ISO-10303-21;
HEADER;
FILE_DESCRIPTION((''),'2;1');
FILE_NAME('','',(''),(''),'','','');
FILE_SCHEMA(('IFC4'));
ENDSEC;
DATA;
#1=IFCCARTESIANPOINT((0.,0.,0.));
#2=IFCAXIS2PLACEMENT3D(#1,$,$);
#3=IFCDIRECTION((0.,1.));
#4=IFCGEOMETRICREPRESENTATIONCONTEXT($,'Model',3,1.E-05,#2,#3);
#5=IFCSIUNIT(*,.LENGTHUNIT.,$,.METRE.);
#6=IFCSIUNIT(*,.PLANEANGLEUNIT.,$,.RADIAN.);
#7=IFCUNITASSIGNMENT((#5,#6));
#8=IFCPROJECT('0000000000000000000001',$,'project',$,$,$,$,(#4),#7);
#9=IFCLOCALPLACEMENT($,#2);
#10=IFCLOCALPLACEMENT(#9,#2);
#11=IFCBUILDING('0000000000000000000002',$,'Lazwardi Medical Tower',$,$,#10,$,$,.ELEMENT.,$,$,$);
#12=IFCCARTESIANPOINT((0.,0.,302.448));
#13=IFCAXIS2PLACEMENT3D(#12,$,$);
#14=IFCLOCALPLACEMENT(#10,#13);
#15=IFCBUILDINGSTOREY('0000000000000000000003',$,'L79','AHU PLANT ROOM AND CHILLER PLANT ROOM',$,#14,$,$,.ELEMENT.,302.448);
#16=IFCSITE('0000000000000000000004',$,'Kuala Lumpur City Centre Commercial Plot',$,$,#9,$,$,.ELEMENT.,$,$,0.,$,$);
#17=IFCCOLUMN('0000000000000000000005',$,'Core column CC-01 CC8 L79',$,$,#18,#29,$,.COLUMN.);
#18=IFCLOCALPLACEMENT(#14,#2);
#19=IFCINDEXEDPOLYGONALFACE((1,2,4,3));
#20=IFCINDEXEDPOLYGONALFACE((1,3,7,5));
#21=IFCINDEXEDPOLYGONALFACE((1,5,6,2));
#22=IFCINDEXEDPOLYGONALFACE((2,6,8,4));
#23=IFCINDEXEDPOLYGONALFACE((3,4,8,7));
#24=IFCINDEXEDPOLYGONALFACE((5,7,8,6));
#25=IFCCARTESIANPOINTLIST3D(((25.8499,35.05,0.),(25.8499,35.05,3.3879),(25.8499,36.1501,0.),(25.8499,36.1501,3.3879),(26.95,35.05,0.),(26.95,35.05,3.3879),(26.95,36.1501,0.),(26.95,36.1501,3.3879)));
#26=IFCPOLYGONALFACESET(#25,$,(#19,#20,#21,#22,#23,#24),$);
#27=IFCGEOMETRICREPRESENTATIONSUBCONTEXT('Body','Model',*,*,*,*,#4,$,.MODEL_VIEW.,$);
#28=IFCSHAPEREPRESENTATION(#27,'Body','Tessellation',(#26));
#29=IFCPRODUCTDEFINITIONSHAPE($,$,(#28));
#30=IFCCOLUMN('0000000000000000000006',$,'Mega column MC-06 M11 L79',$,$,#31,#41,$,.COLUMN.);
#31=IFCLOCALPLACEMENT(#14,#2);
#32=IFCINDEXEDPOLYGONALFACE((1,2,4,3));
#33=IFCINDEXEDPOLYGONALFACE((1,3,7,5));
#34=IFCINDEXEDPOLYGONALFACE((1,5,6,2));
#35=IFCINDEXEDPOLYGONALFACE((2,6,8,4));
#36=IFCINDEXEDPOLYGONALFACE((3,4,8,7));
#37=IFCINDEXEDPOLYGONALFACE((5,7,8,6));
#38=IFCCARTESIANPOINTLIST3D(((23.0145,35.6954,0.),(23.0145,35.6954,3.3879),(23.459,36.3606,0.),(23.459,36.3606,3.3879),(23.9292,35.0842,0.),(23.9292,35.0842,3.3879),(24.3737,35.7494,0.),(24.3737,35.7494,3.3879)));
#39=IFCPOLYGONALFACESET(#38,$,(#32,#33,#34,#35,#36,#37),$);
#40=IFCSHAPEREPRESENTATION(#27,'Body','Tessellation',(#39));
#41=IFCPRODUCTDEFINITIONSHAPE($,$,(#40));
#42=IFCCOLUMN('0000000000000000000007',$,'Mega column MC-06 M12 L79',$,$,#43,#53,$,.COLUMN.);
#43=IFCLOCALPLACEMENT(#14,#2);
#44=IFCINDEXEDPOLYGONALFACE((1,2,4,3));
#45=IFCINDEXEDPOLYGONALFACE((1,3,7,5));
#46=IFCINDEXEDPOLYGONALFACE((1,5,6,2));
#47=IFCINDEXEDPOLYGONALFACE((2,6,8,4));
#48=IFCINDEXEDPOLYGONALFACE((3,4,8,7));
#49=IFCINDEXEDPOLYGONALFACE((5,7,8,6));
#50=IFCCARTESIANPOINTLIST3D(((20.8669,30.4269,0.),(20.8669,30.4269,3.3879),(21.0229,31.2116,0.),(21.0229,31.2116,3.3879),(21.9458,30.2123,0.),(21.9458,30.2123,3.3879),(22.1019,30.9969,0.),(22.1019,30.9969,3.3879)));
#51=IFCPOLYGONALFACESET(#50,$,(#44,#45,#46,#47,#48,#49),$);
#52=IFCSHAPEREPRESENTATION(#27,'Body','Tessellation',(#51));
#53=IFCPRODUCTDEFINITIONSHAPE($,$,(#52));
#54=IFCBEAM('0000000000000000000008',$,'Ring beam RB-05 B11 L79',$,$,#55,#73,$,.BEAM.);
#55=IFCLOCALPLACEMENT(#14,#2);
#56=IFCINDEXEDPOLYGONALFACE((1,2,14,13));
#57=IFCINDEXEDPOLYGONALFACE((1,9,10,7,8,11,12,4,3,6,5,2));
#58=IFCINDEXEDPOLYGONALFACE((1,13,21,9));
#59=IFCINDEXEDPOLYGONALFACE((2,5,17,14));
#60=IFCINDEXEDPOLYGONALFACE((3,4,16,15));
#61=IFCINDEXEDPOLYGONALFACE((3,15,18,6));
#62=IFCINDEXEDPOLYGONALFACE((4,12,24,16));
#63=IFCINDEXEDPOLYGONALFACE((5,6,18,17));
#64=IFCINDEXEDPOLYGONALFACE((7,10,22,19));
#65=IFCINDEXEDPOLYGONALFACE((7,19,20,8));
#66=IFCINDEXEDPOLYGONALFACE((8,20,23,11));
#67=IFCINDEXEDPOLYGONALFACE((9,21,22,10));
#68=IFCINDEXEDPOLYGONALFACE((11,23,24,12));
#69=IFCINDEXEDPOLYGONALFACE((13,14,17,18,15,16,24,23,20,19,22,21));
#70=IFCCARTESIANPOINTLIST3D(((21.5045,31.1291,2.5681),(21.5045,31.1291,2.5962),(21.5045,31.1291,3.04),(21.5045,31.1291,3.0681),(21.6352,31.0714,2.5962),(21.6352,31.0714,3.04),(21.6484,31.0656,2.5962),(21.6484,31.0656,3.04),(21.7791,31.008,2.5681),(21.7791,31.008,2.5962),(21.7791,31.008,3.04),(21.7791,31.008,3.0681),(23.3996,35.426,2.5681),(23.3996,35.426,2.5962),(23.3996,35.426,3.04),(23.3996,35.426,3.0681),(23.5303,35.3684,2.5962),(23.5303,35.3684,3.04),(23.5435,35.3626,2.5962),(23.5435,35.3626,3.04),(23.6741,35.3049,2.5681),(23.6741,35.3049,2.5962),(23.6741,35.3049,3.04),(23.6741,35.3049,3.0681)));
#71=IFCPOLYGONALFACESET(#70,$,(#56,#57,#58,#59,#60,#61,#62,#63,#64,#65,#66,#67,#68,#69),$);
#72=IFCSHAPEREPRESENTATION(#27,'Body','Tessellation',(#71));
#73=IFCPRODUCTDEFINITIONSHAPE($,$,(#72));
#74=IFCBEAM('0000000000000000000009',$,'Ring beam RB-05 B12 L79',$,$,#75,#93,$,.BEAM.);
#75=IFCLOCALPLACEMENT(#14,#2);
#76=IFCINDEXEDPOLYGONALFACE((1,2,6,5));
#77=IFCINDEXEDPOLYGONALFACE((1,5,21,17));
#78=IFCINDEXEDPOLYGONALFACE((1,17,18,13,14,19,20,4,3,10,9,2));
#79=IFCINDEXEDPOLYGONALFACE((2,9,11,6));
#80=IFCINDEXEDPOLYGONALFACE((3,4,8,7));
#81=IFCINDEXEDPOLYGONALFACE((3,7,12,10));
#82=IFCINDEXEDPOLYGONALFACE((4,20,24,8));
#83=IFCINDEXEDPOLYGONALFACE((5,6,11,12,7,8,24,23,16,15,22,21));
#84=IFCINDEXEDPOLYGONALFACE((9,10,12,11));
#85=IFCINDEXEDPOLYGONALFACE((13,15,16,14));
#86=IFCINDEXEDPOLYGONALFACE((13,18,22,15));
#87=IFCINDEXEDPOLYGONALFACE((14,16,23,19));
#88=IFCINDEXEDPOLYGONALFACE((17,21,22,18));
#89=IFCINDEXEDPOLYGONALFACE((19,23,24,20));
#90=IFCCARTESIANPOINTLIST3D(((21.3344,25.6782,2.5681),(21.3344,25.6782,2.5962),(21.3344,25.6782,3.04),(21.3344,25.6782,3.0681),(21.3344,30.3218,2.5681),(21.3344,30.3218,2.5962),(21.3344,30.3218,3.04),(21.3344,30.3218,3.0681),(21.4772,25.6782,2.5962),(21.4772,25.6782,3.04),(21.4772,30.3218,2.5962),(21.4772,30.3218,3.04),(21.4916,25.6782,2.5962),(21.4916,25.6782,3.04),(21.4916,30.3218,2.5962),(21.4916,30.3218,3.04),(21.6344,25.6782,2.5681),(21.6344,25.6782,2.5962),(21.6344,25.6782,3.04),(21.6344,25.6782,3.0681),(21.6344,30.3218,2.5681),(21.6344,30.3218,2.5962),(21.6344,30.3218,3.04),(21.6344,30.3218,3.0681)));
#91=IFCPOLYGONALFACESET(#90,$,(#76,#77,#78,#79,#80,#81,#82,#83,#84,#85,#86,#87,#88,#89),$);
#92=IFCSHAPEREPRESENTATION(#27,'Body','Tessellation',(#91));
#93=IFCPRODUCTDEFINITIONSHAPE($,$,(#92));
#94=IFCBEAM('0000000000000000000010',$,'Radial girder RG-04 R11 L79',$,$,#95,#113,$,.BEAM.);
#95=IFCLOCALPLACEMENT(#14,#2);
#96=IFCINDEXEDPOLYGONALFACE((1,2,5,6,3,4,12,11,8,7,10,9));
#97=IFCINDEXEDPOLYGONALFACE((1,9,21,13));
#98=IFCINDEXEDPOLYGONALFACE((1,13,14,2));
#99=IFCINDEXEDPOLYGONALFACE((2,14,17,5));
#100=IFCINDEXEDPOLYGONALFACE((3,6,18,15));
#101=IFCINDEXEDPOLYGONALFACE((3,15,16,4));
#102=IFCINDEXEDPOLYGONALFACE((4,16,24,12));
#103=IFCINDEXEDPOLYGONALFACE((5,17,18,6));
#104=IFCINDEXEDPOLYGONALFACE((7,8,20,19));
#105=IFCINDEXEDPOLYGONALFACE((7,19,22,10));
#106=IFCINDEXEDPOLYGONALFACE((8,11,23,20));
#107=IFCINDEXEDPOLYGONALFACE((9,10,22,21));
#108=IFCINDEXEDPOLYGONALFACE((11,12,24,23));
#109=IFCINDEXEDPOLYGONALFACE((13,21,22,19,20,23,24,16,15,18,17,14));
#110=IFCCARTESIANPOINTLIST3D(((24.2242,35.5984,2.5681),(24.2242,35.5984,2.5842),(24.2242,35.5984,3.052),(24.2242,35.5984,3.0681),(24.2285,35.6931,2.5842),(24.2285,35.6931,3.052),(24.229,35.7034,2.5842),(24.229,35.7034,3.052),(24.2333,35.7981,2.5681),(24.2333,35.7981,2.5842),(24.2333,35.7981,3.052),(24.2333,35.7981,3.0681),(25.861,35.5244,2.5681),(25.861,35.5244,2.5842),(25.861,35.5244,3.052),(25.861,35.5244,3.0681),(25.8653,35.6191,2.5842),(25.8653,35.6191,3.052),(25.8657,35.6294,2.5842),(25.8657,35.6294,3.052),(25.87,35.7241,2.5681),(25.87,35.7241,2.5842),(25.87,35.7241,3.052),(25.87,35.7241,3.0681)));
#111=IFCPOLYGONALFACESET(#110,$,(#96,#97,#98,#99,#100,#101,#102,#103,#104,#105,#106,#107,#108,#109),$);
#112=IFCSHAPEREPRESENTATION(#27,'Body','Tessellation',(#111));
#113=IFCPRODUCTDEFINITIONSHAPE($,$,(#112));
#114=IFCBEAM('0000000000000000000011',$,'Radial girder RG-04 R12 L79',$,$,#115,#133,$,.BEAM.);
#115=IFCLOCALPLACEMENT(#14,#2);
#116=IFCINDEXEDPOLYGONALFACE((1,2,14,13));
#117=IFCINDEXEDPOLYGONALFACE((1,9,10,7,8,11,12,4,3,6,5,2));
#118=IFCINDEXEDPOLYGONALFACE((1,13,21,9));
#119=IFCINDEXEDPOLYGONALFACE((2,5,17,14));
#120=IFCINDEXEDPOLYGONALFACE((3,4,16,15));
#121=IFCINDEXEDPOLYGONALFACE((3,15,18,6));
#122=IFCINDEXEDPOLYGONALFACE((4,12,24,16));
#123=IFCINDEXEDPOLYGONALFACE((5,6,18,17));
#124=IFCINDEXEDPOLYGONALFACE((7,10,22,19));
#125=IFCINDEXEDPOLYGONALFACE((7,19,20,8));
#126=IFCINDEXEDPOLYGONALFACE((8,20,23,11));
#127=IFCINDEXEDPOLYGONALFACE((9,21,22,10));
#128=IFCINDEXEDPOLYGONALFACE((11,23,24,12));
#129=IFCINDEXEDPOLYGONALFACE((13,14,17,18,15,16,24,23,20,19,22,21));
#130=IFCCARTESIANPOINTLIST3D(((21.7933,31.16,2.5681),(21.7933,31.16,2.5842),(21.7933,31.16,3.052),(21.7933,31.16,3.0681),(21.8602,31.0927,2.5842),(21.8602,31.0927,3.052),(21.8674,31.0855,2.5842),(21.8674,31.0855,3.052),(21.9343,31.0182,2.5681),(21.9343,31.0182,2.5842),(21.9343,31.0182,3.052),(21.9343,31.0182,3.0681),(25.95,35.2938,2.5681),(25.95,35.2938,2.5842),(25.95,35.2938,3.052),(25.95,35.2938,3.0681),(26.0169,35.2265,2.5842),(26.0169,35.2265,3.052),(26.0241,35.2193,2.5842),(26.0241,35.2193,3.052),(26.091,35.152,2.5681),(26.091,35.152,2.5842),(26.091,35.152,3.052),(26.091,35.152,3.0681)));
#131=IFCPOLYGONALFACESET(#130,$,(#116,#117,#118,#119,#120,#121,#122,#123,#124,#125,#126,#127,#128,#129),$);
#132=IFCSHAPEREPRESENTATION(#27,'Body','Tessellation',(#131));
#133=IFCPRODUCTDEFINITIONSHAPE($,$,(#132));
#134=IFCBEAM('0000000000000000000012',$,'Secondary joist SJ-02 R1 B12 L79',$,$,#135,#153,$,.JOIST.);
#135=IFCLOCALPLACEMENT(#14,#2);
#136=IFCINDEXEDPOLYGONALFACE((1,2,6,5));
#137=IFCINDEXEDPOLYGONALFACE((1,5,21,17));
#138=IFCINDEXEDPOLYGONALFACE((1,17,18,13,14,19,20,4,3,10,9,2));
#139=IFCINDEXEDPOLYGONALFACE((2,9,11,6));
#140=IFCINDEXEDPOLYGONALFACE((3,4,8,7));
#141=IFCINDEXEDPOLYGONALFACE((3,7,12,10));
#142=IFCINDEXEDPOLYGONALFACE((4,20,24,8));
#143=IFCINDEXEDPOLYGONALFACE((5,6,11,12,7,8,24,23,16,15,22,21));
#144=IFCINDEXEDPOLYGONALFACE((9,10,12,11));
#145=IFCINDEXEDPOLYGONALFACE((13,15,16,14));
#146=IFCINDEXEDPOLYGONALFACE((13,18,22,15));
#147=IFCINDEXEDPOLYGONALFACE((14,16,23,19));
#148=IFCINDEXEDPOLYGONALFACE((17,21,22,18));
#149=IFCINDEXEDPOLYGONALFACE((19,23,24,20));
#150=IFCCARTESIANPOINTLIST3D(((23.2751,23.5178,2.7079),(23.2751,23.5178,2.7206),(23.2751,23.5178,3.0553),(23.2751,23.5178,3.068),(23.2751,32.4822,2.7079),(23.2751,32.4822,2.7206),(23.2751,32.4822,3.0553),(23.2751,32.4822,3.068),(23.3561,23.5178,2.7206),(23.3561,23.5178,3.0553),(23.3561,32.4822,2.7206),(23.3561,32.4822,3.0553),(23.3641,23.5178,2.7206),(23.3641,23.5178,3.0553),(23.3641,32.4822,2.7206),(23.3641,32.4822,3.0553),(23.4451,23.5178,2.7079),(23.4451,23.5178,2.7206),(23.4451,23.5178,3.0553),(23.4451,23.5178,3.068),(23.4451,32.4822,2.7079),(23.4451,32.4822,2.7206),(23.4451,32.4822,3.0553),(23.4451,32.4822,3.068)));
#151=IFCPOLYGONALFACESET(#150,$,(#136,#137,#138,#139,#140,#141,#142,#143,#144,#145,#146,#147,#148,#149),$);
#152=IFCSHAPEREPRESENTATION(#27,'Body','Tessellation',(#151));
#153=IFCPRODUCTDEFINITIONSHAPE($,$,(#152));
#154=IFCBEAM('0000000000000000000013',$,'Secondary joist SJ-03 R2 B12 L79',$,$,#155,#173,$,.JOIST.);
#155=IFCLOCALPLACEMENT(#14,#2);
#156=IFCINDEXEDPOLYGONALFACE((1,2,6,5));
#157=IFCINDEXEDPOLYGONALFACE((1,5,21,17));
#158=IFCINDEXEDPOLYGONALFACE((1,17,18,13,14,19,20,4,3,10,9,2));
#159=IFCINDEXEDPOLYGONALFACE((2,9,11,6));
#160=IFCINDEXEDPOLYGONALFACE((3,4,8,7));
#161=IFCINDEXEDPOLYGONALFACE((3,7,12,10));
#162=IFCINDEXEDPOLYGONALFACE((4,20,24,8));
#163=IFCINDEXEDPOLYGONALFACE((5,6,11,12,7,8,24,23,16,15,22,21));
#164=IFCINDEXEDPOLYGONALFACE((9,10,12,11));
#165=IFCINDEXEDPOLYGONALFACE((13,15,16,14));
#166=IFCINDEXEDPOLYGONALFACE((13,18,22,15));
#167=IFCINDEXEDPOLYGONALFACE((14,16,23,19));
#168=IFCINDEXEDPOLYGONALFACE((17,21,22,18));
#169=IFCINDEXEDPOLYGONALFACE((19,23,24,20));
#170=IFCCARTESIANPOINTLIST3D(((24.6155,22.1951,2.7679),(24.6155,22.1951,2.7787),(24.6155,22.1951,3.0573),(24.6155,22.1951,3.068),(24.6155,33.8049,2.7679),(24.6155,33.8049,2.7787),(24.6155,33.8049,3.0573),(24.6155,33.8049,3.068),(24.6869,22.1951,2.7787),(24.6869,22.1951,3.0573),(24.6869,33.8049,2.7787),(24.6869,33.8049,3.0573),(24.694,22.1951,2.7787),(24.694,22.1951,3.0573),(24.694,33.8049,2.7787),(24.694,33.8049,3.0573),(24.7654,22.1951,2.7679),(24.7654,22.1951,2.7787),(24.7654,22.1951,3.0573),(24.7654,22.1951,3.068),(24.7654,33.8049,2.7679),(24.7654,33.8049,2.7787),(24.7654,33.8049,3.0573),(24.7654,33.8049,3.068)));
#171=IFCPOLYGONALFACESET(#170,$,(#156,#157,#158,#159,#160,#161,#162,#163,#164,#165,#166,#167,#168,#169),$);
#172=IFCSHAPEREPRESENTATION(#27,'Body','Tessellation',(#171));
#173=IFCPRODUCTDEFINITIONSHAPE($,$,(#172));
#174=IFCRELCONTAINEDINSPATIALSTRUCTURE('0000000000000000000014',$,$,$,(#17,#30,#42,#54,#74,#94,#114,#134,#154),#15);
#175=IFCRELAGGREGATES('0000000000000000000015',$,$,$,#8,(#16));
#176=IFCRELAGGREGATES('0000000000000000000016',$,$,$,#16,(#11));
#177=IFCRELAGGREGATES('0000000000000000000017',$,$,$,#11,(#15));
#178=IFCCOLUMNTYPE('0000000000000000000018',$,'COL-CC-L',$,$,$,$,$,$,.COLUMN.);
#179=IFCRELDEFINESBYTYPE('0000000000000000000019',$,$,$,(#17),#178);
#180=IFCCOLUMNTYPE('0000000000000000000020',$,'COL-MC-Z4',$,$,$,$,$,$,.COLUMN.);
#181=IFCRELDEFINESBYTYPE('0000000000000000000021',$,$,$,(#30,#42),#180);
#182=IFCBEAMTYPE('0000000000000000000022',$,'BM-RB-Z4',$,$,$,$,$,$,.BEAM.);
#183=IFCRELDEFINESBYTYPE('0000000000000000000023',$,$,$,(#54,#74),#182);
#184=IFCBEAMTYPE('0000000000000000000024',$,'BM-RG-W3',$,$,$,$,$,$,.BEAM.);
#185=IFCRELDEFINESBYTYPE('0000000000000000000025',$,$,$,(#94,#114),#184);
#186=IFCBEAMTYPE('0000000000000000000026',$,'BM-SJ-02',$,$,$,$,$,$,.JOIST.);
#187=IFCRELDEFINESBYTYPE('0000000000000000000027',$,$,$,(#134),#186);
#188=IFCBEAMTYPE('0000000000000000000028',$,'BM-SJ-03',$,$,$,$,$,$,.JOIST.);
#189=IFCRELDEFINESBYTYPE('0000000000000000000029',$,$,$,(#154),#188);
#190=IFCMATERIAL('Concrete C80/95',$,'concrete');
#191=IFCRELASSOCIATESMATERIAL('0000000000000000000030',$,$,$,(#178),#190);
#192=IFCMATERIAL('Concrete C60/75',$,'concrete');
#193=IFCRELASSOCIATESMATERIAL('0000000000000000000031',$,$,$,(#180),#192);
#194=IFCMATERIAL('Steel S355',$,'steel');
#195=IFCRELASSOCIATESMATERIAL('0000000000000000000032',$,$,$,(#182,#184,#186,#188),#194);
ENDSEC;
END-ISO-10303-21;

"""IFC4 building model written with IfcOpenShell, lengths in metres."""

from ifc_helpers import new_model, si_unit, direction, frame, origin, origin_2d, place, context, subcontext, project, spatial, rectangle, i_section, extrude, material, material_profile, profile_set, type_object, element, save


model = new_model("IFC4")

# Units and contexts
model_context = context("Model", 3, precision=1e-05, world=origin(), true_north=direction((0.0, 1.0)))
body_context = subcontext(model_context, "Body", "Model", "MODEL_VIEW")
ifc_project = project(units=[si_unit("LENGTHUNIT", "METRE"), si_unit("PLANEANGLEUNIT", "RADIAN")], contexts=[model_context])

# Site, building, storey
site_placement = place(None, origin())
site = spatial("IfcSite", under=ifc_project, at=site_placement, Name="Kuala Lumpur City Centre Commercial Plot", CompositionType="ELEMENT", RefElevation=0.0)
building_placement = place(site_placement, origin())
building = spatial("IfcBuilding", under=site, at=building_placement, Name="Lazwardi Medical Tower", CompositionType="ELEMENT")
storey_placement = place(building_placement, frame((0.0, 0.0, 302.448)))
storey = spatial("IfcBuildingStorey", under=building, at=storey_placement, Name="L79", Description="AHU PLANT ROOM AND CHILLER PLANT ROOM", CompositionType="ELEMENT", Elevation=302.448)

# Columns
ifc_material_1 = material(Name="Concrete C80/95", Category="concrete")
ifc_material_profile_1 = material_profile(ifc_material_1, rectangle(XDim=1.1001, YDim=1.1001, at=origin_2d()), Name="RC 1100x1100")
ifc_profile_set_1 = profile_set([ifc_material_profile_1], Name="Concrete C80/95")
column_type_1 = type_object("IfcColumnType", Name="COL-CC-L", PredefinedType="COLUMN", material=ifc_profile_set_1)
column_placement = place(storey_placement, frame((26.3999, 35.6001, 0.0), z_axis=(0.0, 0.0, 1.0), x_axis=(1.0, 0.0, 0.0)))
element("IfcColumn", 1, at=column_placement, inside=storey, type_object=column_type_1, Name="Core column CC-01 CC8 L79", PredefinedType="COLUMN", context=body_context, shape_type="SweptSolid", body=[
    extrude(rectangle(XDim=1.1001, YDim=1.1001, at=origin_2d()), origin(), (0.0, 0.0, 1.0), 3.3879),
])
ifc_material_2 = material(Name="Concrete C60/75", Category="concrete")
ifc_material_profile_2 = material_profile(ifc_material_2, rectangle(XDim=1.1001, YDim=0.8, at=origin_2d()), Name="CFT-RECT 1100x800")
ifc_profile_set_2 = profile_set([ifc_material_profile_2], Name="Concrete C60/75")
column_type_2 = type_object("IfcColumnType", Name="COL-MC-Z4", PredefinedType="COLUMN", material=ifc_profile_set_2)
for number, where, z_axis, x_axis, name in (
    (2, (23.6941, 35.7224, 0.0), (0.0, 0.0, 1.0), (-0.83147, 0.55557, 0.0), "Mega column MC-06 M11 L79"),
    (3, (21.4844, 30.7119, 0.0), (0.0, 0.0, 1.0), (-0.980785, 0.19509, 0.0), "Mega column MC-06 M12 L79"),
):
    element("IfcColumn", number, at=place(storey_placement, frame(where, z_axis=z_axis, x_axis=x_axis)), inside=storey, type_object=column_type_2, Name=name, PredefinedType="COLUMN", context=body_context, shape_type="SweptSolid", body=[
        extrude(rectangle(XDim=1.1001, YDim=0.8, at=origin_2d()), origin(), (0.0, 0.0, 1.0), 3.3879),
    ])

# Beams
ifc_material_3 = material(Name="Steel S355", Category="steel")
ifc_material_profile_3 = material_profile(ifc_material_3, i_section(OverallWidth=0.3, OverallDepth=0.5, WebThickness=0.0144, FlangeThickness=0.0281, at=origin_2d()), Name="HEB 500")
ifc_profile_set_3 = profile_set([ifc_material_profile_3], Name="Steel S355")
beam_type_1 = type_object("IfcBeamType", Name="BM-RB-Z4", PredefinedType="BEAM", material=ifc_profile_set_3)
beam_1_placement = place(storey_placement, frame((23.5369, 35.3655, 2.8181), z_axis=(-0.403522, -0.91497, 0.0), x_axis=(0.91497, -0.403522, 0.0)))
element("IfcBeam", 4, at=beam_1_placement, inside=storey, type_object=beam_type_1, Name="Ring beam RB-05 B11 L79", PredefinedType="BEAM", context=body_context, shape_type="SweptSolid", body=[
    extrude(i_section(OverallWidth=0.3, OverallDepth=0.5, WebThickness=0.0144, FlangeThickness=0.0281, at=origin_2d()), origin(), (0.0, 0.0, 1.0), 4.6963),
])
beam_2_placement = place(storey_placement, frame((21.4844, 30.3218, 2.8181), z_axis=(0.0, -1.0, 0.0), x_axis=(1.0, 0.0, 0.0)))
element("IfcBeam", 5, at=beam_2_placement, inside=storey, type_object=beam_type_1, Name="Ring beam RB-05 B12 L79", PredefinedType="BEAM", context=body_context, shape_type="SweptSolid", body=[
    extrude(i_section(OverallWidth=0.3, OverallDepth=0.5, WebThickness=0.0144, FlangeThickness=0.0281, at=origin_2d()), origin(), (0.0, 0.0, 1.0), 4.6436),
])
ifc_material_profile_4 = material_profile(ifc_material_3, i_section(OverallWidth=0.2, OverallDepth=0.5, WebThickness=0.0103, FlangeThickness=0.0161, at=origin_2d()), Name="IPE 500")
ifc_profile_set_4 = profile_set([ifc_material_profile_4], Name="Steel S355")
beam_type_2 = type_object("IfcBeamType", Name="BM-RG-W3", PredefinedType="BEAM", material=ifc_profile_set_4)
beam_3_placement = place(storey_placement, frame((24.2288, 35.6982, 2.8181), z_axis=(0.99898, -0.045151, 0.0), x_axis=(0.045151, 0.99898, 0.0)))
element("IfcBeam", 6, at=beam_3_placement, inside=storey, type_object=beam_type_2, Name="Radial girder RG-04 R11 L79", PredefinedType="BEAM", context=body_context, shape_type="SweptSolid", body=[
    extrude(i_section(OverallWidth=0.2, OverallDepth=0.5, WebThickness=0.0103, FlangeThickness=0.0161, at=origin_2d()), origin(), (0.0, 0.0, 1.0), 1.6384),
])
beam_4_placement = place(storey_placement, frame((21.8638, 31.0891, 2.8181), z_axis=(0.709061, 0.705147, 0.0), x_axis=(-0.705147, 0.709061, 0.0)))
element("IfcBeam", 7, at=beam_4_placement, inside=storey, type_object=beam_type_2, Name="Radial girder RG-04 R12 L79", PredefinedType="BEAM", context=body_context, shape_type="SweptSolid", body=[
    extrude(i_section(OverallWidth=0.2, OverallDepth=0.5, WebThickness=0.0103, FlangeThickness=0.0161, at=origin_2d()), origin(), (0.0, 0.0, 1.0), 5.8623),
])
ifc_material_profile_5 = material_profile(ifc_material_3, i_section(OverallWidth=0.1699, OverallDepth=0.3601, WebThickness=0.0081, FlangeThickness=0.0127, at=origin_2d()), Name="IPE 360")
ifc_profile_set_5 = profile_set([ifc_material_profile_5], Name="Steel S355")
beam_type_3 = type_object("IfcBeamType", Name="BM-SJ-02", PredefinedType="JOIST", material=ifc_profile_set_5)
beam_5_placement = place(storey_placement, frame((23.3601, 32.4822, 2.8879), z_axis=(0.0, -1.0, 0.0), x_axis=(1.0, 0.0, 0.0)))
element("IfcBeam", 8, at=beam_5_placement, inside=storey, type_object=beam_type_3, Name="Secondary joist SJ-02 R1 B12 L79", PredefinedType="JOIST", context=body_context, shape_type="SweptSolid", body=[
    extrude(i_section(OverallWidth=0.1699, OverallDepth=0.3601, WebThickness=0.0081, FlangeThickness=0.0127, at=origin_2d()), origin(), (0.0, 0.0, 1.0), 8.9644),
])
ifc_material_profile_6 = material_profile(ifc_material_3, i_section(OverallWidth=0.1499, OverallDepth=0.3, WebThickness=0.0071, FlangeThickness=0.0107, at=origin_2d()), Name="IPE 300")
ifc_profile_set_6 = profile_set([ifc_material_profile_6], Name="Steel S355")
beam_type_4 = type_object("IfcBeamType", Name="BM-SJ-03", PredefinedType="JOIST", material=ifc_profile_set_6)
beam_6_placement = place(storey_placement, frame((24.6904, 33.8049, 2.918), z_axis=(0.0, -1.0, 0.0), x_axis=(1.0, 0.0, 0.0)))
element("IfcBeam", 9, at=beam_6_placement, inside=storey, type_object=beam_type_4, Name="Secondary joist SJ-03 R2 B12 L79", PredefinedType="JOIST", context=body_context, shape_type="SweptSolid", body=[
    extrude(i_section(OverallWidth=0.1499, OverallDepth=0.3, WebThickness=0.0071, FlangeThickness=0.0107, at=origin_2d()), origin(), (0.0, 0.0, 1.0), 11.6099),
])

save(model, "model.ifc")
